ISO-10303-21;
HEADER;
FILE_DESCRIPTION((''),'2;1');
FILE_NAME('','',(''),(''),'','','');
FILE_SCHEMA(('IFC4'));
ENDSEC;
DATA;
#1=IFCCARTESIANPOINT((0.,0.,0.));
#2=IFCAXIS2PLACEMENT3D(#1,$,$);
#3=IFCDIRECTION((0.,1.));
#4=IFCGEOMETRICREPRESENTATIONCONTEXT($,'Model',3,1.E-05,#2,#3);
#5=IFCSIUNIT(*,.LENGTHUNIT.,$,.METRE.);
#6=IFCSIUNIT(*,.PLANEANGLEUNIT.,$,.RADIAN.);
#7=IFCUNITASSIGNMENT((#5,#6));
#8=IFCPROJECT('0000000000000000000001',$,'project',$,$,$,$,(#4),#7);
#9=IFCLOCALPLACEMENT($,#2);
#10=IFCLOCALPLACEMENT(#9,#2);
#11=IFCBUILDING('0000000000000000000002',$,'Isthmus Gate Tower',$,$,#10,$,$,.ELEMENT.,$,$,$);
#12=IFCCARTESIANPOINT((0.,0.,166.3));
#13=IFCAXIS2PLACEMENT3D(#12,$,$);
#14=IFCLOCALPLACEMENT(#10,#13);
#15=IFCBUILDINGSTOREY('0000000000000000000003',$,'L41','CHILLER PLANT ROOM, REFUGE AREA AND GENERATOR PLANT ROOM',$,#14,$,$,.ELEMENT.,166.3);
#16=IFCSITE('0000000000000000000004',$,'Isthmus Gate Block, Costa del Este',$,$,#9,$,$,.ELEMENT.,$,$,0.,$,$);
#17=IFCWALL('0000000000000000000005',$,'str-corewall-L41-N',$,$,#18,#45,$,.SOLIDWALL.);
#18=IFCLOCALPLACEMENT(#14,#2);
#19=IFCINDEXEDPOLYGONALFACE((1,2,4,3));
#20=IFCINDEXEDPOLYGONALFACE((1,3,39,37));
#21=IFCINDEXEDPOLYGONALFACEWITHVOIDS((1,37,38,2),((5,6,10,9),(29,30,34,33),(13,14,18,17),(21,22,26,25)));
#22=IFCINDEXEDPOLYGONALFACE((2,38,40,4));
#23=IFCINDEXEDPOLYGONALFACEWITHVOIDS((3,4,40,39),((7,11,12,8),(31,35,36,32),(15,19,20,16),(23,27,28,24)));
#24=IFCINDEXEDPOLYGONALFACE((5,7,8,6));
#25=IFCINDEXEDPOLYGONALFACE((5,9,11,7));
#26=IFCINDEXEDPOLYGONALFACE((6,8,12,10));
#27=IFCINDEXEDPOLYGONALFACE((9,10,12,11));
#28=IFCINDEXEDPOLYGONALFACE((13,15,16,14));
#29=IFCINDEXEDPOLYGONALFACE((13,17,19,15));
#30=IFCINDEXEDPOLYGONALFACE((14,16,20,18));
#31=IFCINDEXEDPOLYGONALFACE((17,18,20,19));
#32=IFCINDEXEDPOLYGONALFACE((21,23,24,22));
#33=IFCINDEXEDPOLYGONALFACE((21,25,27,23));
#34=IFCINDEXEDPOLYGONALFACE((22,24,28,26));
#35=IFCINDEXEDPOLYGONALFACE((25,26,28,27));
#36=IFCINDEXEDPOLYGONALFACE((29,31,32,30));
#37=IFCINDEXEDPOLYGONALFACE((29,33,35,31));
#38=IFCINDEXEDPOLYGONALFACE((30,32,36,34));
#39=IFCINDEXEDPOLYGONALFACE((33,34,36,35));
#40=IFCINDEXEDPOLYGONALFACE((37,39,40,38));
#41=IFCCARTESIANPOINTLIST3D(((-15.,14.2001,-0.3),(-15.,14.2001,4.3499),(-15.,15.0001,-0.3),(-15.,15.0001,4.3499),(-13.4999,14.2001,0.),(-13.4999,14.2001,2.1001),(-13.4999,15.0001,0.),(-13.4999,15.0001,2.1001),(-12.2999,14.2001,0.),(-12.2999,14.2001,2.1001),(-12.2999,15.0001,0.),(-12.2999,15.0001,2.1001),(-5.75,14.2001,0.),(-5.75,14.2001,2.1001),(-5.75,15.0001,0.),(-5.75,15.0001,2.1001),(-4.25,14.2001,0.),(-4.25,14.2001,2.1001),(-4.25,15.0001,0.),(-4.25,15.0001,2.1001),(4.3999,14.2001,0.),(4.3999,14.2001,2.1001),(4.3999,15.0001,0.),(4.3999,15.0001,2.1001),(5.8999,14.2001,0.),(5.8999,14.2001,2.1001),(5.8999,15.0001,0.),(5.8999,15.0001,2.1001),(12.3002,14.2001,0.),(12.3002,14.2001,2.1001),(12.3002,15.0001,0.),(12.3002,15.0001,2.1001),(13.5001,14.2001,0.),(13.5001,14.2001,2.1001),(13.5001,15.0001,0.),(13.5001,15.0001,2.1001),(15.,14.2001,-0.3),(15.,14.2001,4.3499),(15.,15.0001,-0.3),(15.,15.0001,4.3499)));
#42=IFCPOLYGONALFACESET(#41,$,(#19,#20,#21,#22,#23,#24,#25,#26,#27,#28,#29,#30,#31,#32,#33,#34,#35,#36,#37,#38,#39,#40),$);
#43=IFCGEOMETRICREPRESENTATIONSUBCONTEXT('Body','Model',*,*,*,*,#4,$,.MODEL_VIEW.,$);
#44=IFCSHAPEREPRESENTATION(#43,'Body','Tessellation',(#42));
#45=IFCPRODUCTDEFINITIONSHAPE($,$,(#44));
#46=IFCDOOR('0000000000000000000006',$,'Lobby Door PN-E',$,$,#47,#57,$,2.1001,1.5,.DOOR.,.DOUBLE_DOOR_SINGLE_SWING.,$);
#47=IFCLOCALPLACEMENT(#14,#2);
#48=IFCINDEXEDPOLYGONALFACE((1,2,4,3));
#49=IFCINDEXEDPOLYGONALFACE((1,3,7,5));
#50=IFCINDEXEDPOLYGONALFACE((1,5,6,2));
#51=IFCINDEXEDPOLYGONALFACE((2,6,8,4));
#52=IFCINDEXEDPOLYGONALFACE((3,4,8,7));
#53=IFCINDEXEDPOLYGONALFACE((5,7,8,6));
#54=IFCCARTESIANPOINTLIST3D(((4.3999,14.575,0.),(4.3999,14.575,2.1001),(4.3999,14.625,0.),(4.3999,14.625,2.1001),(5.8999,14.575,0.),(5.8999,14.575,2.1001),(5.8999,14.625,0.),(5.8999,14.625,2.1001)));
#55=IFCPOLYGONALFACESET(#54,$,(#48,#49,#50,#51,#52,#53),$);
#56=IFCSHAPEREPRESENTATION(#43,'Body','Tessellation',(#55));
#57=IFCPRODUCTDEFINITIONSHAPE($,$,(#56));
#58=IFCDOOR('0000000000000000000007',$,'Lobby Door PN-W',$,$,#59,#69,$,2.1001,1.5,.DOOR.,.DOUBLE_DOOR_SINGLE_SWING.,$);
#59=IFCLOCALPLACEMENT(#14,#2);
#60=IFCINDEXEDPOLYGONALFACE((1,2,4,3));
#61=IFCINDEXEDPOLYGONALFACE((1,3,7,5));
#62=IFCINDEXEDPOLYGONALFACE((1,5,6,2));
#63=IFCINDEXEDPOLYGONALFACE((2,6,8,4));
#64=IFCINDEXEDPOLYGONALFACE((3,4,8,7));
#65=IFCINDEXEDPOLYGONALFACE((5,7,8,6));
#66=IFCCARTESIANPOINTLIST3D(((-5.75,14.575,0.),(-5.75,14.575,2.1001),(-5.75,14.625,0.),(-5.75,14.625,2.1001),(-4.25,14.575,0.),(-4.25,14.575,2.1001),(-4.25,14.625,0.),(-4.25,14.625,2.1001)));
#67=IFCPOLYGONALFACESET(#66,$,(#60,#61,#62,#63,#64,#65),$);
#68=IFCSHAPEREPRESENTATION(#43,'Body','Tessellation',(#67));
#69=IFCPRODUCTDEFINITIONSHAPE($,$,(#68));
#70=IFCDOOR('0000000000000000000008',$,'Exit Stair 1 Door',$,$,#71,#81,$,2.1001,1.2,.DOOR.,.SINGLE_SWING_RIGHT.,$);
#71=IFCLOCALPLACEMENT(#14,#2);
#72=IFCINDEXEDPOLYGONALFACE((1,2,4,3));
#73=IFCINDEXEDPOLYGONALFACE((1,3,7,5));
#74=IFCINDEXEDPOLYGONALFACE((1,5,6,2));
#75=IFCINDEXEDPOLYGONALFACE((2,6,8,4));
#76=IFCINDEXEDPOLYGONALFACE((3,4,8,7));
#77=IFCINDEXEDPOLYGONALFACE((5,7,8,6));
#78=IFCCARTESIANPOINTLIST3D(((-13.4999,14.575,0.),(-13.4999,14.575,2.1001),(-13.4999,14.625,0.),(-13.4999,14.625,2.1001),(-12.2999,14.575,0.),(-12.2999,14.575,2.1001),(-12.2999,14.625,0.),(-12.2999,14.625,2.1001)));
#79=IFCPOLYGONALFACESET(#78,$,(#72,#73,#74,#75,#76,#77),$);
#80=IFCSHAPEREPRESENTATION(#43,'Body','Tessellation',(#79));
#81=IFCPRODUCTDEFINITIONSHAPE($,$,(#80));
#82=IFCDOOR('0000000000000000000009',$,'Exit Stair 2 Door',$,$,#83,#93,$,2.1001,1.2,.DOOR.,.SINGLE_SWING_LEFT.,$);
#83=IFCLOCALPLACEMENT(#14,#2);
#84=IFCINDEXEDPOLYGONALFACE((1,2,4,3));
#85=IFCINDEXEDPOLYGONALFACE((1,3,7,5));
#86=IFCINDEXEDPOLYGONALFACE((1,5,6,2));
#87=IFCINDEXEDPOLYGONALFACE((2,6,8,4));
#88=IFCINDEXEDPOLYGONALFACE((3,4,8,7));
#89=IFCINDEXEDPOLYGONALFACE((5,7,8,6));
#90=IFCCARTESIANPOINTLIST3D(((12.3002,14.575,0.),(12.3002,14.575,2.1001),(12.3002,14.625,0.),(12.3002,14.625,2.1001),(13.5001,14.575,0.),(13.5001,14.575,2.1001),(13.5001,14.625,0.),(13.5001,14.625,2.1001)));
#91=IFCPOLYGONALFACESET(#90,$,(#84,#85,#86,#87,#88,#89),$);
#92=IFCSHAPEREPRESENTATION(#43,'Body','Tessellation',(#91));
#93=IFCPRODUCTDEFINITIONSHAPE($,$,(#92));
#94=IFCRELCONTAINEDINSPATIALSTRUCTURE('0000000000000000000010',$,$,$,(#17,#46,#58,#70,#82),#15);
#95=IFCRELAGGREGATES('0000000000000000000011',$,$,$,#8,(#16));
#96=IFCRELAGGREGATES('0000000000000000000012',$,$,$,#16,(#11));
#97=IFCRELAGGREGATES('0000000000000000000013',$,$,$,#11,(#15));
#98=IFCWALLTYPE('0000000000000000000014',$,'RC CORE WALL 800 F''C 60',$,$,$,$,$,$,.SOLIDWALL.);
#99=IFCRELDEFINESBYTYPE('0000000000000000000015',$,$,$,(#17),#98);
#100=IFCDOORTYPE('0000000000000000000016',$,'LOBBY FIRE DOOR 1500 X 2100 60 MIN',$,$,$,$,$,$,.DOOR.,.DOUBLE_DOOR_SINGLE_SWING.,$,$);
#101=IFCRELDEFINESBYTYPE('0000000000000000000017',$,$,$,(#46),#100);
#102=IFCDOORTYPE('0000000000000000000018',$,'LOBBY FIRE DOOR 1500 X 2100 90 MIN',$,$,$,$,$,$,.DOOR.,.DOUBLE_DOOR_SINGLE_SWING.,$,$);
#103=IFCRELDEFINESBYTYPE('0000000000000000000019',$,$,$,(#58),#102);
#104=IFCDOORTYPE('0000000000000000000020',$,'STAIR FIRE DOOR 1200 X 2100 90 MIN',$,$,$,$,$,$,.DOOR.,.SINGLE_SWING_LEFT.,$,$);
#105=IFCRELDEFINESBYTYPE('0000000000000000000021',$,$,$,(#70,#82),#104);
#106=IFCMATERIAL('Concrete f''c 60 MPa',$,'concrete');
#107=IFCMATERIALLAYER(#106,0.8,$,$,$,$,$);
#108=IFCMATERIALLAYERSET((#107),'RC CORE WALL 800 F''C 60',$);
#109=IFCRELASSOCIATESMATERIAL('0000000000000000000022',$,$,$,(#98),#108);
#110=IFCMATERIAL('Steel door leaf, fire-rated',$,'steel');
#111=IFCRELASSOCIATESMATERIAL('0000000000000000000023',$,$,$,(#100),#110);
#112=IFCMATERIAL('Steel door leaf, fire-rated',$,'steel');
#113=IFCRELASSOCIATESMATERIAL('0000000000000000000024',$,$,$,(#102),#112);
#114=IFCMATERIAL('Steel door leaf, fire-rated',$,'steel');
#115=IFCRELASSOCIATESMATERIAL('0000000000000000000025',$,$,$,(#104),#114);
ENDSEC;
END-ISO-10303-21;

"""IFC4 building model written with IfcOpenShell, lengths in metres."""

from ifc_helpers import new_model, si_unit, direction, frame, frame_2d, origin, place, context, subcontext, project, spatial, rectangle, extrude, material, layer, layer_set, type_object, element, fill, save


model = new_model("IFC4")

# Units and contexts
model_context = context("Model", 3, precision=1e-05, world=origin(), true_north=direction((0.0, 1.0)))
body_context = subcontext(model_context, "Body", "Model", "MODEL_VIEW")
ifc_project = project(units=[si_unit("LENGTHUNIT", "METRE"), si_unit("PLANEANGLEUNIT", "RADIAN")], contexts=[model_context])

# Site, building, storey
site_placement = place(None, origin())
site = spatial("IfcSite", under=ifc_project, at=site_placement, Name="Isthmus Gate Block, Costa del Este", CompositionType="ELEMENT", RefElevation=0.0)
building_placement = place(site_placement, origin())
building = spatial("IfcBuilding", under=site, at=building_placement, Name="Isthmus Gate Tower", CompositionType="ELEMENT")
storey_placement = place(building_placement, frame((0.0, 0.0, 166.3)))
storey = spatial("IfcBuildingStorey", under=building, at=storey_placement, Name="L41", Description="CHILLER PLANT ROOM, REFUGE AREA AND GENERATOR PLANT ROOM", CompositionType="ELEMENT", Elevation=166.3)

# Wall, openings, doors
ifc_material_1 = material(Name="Concrete f'c 60 MPa", Category="concrete")
ifc_layer_1 = layer(ifc_material_1, 0.8)
ifc_layer_set_1 = layer_set([ifc_layer_1], Name="RC CORE WALL 800 F'C 60")
wall_type_1 = type_object("IfcWallType", Name="RC CORE WALL 800 F'C 60", PredefinedType="SOLIDWALL", material=ifc_layer_set_1)
wall_1_placement = place(storey_placement, frame((-15.0, 14.6001, -0.3), z_axis=(0.0, 0.0, 1.0), x_axis=(1.0, 0.0, 0.0)))
wall_1 = element("IfcWall", 1, at=wall_1_placement, inside=storey, type_object=wall_type_1, Name="str-corewall-L41-N", PredefinedType="SOLIDWALL", context=body_context, shape_type="SweptSolid", body=[
    extrude(rectangle(XDim=30.0, YDim=0.8, at=frame_2d((15.0, 0.0))), origin(), (0.0, 0.0, 1.0), 4.6499),
])
opening_1_placement = place(wall_1_placement, frame((9.25, 0.0, 0.3)))
opening_1 = element("IfcOpeningElement", 2, at=opening_1_placement, cuts=wall_1, PredefinedType="OPENING", context=body_context, shape_type="SweptSolid", body=[
    extrude(rectangle(XDim=1.5, YDim=2.1001, at=frame_2d((0.75, 1.05))), frame((0.0, 0.4099, 0.0), z_axis=(0.0, -1.0, 0.0), x_axis=(1.0, 0.0, 0.0)), (0.0, 0.0, 1.0), 0.8201),
])
opening_2_placement = place(wall_1_placement, frame((19.3999, 0.0, 0.3)))
opening_2 = element("IfcOpeningElement", 3, at=opening_2_placement, cuts=wall_1, PredefinedType="OPENING", context=body_context, shape_type="SweptSolid", body=[
    extrude(rectangle(XDim=1.5, YDim=2.1001, at=frame_2d((0.75, 1.05))), frame((0.0, 0.4099, 0.0), z_axis=(0.0, -1.0, 0.0), x_axis=(1.0, 0.0, 0.0)), (0.0, 0.0, 1.0), 0.8201),
])
opening_3_placement = place(wall_1_placement, frame((1.5, 0.0, 0.3)))
opening_3 = element("IfcOpeningElement", 4, at=opening_3_placement, cuts=wall_1, PredefinedType="OPENING", context=body_context, shape_type="SweptSolid", body=[
    extrude(rectangle(XDim=1.2, YDim=2.1001, at=frame_2d((0.6001, 1.05))), frame((0.0, 0.4099, 0.0), z_axis=(0.0, -1.0, 0.0), x_axis=(1.0, 0.0, 0.0)), (0.0, 0.0, 1.0), 0.8201),
])
opening_4_placement = place(wall_1_placement, frame((27.3, 0.0, 0.3)))
opening_4 = element("IfcOpeningElement", 5, at=opening_4_placement, cuts=wall_1, PredefinedType="OPENING", context=body_context, shape_type="SweptSolid", body=[
    extrude(rectangle(XDim=1.2, YDim=2.1001, at=frame_2d((0.6001, 1.05))), frame((0.0, 0.4099, 0.0), z_axis=(0.0, -1.0, 0.0), x_axis=(1.0, 0.0, 0.0)), (0.0, 0.0, 1.0), 0.8201),
])
ifc_material_2 = material(Name="Steel door leaf, fire-rated", Category="steel")
door_type_1 = type_object("IfcDoorType", Name="LOBBY FIRE DOOR 1500 X 2100 60 MIN", OperationType="DOUBLE_DOOR_SINGLE_SWING", PredefinedType="DOOR", material=ifc_material_2)
door_1_placement = place(opening_2_placement, origin())
door_1 = element("IfcDoor", 6, at=door_1_placement, inside=storey, type_object=door_type_1, Name="Lobby Door PN-E", OperationType="DOUBLE_DOOR_SINGLE_SWING", OverallHeight=2.1001, OverallWidth=1.5, PredefinedType="DOOR", context=body_context, shape_type="SweptSolid", body=[
    extrude(rectangle(XDim=1.5, YDim=2.1001, at=frame_2d((0.75, 1.05))), frame((0.0, 0.0249, 0.0), z_axis=(0.0, -1.0, 0.0), x_axis=(1.0, 0.0, 0.0)), (0.0, 0.0, 1.0), 0.05),
])
fill(opening_2, door_1)
ifc_material_3 = material(Name="Steel door leaf, fire-rated", Category="steel")
door_type_2 = type_object("IfcDoorType", Name="LOBBY FIRE DOOR 1500 X 2100 90 MIN", OperationType="DOUBLE_DOOR_SINGLE_SWING", PredefinedType="DOOR", material=ifc_material_3)
door_2_placement = place(opening_1_placement, origin())
door_2 = element("IfcDoor", 7, at=door_2_placement, inside=storey, type_object=door_type_2, Name="Lobby Door PN-W", OperationType="DOUBLE_DOOR_SINGLE_SWING", OverallHeight=2.1001, OverallWidth=1.5, PredefinedType="DOOR", context=body_context, shape_type="SweptSolid", body=[
    extrude(rectangle(XDim=1.5, YDim=2.1001, at=frame_2d((0.75, 1.05))), frame((0.0, 0.0249, 0.0), z_axis=(0.0, -1.0, 0.0), x_axis=(1.0, 0.0, 0.0)), (0.0, 0.0, 1.0), 0.05),
])
fill(opening_1, door_2)
ifc_material_4 = material(Name="Steel door leaf, fire-rated", Category="steel")
door_type_3 = type_object("IfcDoorType", Name="STAIR FIRE DOOR 1200 X 2100 90 MIN", OperationType="SINGLE_SWING_LEFT", PredefinedType="DOOR", material=ifc_material_4)
door_3_placement = place(opening_3_placement, origin())
door_3 = element("IfcDoor", 8, at=door_3_placement, inside=storey, type_object=door_type_3, Name="Exit Stair 1 Door", OperationType="SINGLE_SWING_RIGHT", OverallHeight=2.1001, OverallWidth=1.2, PredefinedType="DOOR", context=body_context, shape_type="SweptSolid", body=[
    extrude(rectangle(XDim=1.2, YDim=2.1001, at=frame_2d((0.6001, 1.05))), frame((0.0, 0.0249, 0.0), z_axis=(0.0, -1.0, 0.0), x_axis=(1.0, 0.0, 0.0)), (0.0, 0.0, 1.0), 0.05),
])
fill(opening_3, door_3)
door_4_placement = place(opening_4_placement, origin())
door_4 = element("IfcDoor", 9, at=door_4_placement, inside=storey, type_object=door_type_3, Name="Exit Stair 2 Door", OperationType="SINGLE_SWING_LEFT", OverallHeight=2.1001, OverallWidth=1.2, PredefinedType="DOOR", context=body_context, shape_type="SweptSolid", body=[
    extrude(rectangle(XDim=1.2, YDim=2.1001, at=frame_2d((0.6001, 1.05))), frame((0.0, 0.0249, 0.0), z_axis=(0.0, -1.0, 0.0), x_axis=(1.0, 0.0, 0.0)), (0.0, 0.0, 1.0), 0.05),
])
fill(opening_4, door_4)

save(model, "model.ifc")
